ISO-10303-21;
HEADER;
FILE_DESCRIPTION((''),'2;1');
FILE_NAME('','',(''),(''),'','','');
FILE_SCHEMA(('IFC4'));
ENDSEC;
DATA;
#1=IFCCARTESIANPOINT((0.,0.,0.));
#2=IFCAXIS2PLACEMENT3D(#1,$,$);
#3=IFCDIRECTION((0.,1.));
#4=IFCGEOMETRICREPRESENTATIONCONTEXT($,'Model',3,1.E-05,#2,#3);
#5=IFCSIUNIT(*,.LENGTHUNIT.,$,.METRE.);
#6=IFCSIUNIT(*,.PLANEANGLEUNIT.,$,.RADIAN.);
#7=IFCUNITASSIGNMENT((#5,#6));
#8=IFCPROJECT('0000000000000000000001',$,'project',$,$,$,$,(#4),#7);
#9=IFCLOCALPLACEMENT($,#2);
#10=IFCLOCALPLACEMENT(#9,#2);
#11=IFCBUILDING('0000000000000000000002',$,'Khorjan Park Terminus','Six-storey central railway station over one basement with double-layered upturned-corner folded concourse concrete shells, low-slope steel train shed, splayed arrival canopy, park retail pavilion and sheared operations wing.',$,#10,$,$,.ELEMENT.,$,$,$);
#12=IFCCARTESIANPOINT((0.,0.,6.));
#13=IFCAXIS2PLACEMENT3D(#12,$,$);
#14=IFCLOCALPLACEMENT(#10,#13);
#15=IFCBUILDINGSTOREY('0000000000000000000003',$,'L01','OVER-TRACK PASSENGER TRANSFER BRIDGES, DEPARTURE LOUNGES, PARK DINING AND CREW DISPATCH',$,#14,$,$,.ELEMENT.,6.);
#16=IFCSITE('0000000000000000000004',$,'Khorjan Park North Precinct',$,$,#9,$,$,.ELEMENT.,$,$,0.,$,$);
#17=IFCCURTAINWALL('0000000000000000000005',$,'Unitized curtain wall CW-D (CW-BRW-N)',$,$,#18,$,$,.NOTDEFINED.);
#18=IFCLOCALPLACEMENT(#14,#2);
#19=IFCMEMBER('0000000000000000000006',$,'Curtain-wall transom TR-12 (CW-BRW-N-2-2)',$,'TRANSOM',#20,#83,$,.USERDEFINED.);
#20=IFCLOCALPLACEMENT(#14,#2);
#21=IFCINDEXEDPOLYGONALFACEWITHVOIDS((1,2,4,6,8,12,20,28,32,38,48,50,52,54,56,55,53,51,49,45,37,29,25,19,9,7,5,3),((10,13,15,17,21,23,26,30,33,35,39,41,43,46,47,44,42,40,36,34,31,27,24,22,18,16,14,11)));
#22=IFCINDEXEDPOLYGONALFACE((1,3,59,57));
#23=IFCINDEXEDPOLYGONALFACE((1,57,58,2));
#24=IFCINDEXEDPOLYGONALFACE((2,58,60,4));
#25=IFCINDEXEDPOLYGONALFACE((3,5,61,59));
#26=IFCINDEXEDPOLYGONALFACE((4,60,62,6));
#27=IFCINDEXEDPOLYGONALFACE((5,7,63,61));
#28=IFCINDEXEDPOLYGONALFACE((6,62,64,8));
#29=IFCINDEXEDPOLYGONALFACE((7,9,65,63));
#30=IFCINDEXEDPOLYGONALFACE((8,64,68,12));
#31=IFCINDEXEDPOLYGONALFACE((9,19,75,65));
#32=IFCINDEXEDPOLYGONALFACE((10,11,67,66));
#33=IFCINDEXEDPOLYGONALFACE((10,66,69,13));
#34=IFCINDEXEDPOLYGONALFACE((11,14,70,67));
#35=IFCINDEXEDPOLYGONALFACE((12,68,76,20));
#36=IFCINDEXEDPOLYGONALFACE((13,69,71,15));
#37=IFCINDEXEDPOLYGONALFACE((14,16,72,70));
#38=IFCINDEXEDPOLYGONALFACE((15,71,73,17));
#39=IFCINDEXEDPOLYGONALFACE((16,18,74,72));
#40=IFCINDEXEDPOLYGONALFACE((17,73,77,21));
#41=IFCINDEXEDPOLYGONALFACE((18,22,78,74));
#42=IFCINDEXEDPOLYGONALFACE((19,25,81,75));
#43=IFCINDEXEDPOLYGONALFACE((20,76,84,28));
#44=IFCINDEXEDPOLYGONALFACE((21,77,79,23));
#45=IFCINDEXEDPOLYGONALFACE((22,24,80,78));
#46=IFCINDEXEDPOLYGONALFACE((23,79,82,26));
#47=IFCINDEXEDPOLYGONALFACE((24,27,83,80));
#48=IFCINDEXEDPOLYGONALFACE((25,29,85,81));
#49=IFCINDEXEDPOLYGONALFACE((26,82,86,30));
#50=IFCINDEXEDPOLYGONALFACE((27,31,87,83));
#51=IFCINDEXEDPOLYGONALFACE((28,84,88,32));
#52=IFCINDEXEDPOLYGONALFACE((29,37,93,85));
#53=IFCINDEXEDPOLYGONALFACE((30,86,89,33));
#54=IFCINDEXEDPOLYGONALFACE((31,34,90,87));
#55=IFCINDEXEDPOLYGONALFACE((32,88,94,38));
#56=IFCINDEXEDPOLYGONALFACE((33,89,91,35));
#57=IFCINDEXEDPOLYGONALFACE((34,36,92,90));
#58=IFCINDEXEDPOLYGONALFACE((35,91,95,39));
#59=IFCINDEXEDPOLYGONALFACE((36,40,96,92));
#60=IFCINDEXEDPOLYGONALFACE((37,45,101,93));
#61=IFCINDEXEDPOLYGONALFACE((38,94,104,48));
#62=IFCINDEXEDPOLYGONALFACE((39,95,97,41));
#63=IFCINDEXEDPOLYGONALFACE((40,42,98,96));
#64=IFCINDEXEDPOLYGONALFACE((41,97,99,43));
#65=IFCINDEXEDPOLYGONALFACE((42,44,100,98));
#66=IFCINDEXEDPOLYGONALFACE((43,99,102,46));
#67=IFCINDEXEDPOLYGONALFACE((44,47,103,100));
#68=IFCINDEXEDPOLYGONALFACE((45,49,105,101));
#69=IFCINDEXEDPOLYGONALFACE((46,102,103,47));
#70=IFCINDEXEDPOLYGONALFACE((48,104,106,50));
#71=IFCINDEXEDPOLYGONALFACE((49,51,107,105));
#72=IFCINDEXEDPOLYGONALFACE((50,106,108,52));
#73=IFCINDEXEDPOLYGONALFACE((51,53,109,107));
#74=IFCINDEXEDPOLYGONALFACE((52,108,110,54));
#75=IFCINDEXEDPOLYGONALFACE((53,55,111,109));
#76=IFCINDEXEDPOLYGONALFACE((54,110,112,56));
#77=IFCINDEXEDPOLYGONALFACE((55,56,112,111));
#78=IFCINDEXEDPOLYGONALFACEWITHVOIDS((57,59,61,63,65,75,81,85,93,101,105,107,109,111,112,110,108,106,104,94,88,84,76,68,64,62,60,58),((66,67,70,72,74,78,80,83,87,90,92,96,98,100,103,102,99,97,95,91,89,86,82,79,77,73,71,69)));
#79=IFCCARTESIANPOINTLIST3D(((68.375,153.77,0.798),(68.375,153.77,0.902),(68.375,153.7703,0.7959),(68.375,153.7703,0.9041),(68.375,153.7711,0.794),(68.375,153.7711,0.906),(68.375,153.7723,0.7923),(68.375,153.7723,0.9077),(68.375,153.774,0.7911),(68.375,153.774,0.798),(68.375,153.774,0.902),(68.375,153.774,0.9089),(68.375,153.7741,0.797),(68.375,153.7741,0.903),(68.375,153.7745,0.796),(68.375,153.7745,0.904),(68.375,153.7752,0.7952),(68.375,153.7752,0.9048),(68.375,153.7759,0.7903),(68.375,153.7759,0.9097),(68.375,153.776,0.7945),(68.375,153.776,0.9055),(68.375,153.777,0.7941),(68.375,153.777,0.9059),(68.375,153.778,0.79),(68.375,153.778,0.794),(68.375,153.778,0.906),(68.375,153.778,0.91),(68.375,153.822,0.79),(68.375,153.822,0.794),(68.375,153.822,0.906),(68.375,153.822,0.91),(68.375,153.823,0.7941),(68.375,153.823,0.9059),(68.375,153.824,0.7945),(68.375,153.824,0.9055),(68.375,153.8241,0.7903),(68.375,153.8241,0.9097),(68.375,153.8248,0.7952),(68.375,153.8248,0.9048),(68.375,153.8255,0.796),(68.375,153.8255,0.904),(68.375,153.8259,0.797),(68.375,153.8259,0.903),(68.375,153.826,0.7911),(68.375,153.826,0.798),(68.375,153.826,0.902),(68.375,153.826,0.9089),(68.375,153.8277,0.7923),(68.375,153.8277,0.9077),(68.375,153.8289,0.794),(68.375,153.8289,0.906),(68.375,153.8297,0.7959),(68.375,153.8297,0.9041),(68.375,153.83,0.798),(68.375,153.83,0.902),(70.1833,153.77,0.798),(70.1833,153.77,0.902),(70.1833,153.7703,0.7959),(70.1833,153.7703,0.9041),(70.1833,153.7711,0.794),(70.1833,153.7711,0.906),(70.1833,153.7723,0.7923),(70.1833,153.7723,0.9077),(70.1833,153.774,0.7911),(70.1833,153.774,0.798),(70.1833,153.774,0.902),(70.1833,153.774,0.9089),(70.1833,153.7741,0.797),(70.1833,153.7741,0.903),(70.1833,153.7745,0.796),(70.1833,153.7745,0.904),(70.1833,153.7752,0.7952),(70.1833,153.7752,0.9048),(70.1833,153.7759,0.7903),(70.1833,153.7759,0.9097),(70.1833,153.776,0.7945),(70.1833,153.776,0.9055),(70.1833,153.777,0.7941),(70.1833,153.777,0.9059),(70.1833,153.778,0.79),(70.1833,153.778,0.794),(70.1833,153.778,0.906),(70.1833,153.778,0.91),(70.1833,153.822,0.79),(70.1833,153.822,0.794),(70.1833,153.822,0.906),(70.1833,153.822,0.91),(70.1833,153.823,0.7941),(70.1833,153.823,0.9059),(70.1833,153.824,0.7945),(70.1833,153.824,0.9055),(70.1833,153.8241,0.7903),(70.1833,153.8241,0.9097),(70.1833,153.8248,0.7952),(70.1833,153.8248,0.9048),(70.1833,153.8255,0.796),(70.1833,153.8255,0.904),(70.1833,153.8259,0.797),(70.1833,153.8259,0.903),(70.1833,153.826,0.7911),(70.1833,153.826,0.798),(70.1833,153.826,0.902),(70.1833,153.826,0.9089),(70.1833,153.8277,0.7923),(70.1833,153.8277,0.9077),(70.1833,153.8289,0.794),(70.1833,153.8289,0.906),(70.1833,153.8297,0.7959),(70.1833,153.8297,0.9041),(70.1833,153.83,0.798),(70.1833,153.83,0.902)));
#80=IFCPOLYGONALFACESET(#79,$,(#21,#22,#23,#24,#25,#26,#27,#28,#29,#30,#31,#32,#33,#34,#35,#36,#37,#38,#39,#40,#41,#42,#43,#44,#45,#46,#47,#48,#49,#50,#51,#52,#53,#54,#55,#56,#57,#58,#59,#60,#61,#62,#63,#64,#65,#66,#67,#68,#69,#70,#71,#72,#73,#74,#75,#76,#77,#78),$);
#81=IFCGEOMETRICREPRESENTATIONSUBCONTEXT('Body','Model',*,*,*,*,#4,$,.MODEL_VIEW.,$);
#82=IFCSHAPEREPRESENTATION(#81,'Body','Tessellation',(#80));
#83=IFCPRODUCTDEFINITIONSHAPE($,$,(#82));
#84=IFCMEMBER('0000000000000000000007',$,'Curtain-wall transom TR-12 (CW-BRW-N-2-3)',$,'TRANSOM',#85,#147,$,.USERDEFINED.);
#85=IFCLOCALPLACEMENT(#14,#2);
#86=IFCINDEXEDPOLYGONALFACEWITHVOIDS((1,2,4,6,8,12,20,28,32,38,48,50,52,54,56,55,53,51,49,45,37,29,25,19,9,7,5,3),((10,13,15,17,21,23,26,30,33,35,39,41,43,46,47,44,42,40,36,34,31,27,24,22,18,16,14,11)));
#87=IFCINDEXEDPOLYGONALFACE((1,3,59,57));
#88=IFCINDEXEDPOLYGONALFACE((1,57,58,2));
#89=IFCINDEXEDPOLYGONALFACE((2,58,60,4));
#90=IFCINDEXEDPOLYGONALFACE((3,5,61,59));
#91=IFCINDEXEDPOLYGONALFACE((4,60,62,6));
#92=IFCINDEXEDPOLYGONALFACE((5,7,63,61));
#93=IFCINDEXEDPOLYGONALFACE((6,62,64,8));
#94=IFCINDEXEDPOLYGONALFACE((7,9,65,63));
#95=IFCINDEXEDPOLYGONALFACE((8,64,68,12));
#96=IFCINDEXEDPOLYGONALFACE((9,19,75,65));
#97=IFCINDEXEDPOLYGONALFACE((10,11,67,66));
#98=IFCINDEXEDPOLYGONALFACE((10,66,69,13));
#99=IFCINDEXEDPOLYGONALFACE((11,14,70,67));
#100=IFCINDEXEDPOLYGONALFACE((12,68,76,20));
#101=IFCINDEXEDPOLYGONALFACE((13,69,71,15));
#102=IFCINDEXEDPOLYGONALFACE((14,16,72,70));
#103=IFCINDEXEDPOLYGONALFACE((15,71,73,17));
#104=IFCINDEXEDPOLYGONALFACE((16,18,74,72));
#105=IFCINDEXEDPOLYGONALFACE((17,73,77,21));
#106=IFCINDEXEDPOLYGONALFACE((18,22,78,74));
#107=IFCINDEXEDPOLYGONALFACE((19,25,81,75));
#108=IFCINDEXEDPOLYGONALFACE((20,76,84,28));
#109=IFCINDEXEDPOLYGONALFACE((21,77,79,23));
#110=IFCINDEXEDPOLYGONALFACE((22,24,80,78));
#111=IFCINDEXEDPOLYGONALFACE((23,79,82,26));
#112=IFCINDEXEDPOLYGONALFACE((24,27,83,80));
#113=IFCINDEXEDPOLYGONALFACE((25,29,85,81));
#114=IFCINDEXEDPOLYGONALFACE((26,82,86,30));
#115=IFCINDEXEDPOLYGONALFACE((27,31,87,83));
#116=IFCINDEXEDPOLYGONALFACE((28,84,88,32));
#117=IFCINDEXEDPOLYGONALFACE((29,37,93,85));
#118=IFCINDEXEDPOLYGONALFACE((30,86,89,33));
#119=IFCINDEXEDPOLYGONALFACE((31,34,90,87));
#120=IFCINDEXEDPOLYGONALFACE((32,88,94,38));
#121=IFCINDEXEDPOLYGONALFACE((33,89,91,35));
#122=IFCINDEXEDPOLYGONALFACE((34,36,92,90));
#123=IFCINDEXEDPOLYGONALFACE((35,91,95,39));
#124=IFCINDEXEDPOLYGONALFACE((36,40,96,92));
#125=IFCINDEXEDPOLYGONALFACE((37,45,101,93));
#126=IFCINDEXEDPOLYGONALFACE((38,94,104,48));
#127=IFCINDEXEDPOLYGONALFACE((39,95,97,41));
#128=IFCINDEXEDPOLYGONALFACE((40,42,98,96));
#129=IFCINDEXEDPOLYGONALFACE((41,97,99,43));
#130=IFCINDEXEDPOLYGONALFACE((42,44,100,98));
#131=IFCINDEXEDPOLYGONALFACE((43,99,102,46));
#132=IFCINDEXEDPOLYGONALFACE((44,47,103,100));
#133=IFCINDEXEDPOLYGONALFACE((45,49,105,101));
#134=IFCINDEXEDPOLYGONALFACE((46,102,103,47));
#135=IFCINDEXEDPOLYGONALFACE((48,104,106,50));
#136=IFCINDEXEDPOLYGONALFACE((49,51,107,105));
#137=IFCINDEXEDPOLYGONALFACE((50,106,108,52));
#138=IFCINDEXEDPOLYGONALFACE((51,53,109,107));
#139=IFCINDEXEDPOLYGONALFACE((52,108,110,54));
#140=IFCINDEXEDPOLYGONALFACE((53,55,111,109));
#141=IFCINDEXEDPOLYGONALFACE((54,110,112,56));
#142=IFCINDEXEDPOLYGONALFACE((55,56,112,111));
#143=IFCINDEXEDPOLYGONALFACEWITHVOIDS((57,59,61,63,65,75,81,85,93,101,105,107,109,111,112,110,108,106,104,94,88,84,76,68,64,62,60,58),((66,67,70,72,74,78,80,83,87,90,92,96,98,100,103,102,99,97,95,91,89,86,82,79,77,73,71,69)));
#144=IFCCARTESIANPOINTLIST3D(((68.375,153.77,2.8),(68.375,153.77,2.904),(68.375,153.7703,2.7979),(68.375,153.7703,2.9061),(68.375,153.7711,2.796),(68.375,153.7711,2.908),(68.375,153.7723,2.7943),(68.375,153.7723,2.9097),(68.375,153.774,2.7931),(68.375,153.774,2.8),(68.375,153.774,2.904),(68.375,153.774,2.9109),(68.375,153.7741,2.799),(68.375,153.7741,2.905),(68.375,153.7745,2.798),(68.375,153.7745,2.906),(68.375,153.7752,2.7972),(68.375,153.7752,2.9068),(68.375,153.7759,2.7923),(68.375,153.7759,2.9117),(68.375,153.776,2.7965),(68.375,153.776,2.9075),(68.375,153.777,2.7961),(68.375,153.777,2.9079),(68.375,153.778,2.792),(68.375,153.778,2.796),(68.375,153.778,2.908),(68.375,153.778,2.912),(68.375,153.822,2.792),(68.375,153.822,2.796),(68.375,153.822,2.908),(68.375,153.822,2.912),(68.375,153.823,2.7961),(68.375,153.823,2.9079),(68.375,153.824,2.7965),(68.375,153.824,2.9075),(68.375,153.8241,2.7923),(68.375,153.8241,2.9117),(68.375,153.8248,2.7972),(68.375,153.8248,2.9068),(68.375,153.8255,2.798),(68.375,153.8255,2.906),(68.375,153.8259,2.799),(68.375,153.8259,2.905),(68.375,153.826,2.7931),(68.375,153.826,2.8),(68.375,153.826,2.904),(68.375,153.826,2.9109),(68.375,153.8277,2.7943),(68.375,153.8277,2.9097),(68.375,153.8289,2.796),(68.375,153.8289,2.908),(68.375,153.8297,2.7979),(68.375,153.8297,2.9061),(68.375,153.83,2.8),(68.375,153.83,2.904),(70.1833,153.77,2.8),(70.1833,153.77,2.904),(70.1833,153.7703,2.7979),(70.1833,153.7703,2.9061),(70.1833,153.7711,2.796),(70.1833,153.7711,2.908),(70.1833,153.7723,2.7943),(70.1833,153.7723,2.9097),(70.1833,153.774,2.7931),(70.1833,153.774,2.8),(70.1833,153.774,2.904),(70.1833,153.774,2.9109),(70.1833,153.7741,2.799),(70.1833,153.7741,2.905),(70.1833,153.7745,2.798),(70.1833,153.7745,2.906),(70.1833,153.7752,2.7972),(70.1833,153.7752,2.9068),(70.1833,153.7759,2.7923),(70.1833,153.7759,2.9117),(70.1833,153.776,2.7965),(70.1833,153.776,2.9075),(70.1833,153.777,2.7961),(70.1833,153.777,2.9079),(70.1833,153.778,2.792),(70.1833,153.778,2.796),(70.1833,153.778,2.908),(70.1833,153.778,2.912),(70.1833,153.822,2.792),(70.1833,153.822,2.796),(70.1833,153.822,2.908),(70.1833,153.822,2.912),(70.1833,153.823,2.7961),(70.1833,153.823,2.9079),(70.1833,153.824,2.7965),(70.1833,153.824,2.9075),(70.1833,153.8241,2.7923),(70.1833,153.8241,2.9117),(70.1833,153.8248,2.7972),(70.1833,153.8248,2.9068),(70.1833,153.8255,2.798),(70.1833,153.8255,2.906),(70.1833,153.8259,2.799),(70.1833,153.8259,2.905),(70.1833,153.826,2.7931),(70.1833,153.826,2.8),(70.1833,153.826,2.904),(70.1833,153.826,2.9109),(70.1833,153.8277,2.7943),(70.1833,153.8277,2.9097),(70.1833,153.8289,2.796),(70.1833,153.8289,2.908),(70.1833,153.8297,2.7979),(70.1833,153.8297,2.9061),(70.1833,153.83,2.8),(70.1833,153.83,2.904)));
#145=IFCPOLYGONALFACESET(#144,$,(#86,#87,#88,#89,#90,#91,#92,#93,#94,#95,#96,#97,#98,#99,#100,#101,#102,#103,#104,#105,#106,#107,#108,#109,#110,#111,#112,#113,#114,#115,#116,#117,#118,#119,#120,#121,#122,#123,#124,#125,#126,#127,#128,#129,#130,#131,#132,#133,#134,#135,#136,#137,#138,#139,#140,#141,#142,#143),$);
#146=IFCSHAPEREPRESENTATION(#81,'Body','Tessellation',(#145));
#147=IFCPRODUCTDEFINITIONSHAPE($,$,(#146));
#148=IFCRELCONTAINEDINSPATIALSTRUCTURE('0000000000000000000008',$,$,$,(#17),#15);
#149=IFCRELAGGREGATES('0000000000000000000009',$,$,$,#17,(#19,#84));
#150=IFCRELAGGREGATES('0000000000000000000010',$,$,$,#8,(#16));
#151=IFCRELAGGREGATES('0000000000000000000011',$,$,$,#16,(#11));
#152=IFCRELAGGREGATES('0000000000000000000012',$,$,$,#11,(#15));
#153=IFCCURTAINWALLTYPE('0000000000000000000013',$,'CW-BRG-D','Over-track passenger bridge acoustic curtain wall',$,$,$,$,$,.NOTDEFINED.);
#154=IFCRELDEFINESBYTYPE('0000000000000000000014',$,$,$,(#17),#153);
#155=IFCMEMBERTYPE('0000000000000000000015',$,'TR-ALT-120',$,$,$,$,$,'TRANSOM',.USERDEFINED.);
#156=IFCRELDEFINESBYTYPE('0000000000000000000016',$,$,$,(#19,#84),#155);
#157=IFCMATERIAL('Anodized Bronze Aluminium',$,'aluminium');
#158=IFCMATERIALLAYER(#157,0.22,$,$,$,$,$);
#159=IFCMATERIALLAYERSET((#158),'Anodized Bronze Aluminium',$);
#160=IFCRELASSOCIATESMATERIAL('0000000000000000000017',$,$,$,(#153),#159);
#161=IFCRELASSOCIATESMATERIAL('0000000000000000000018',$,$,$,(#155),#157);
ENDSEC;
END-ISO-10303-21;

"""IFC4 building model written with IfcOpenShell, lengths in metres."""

from ifc_helpers import new_model, si_unit, direction, frame, origin, origin_2d, place, context, subcontext, project, spatial, hollow_rectangle, extrude, material, layer, layer_set, material_profile, profile_set, type_object, element, aggregate, save


model = new_model("IFC4")

# Units and contexts
model_context = context("Model", 3, precision=1e-05, world=origin(), true_north=direction((0.0, 1.0)))
body_context = subcontext(model_context, "Body", "Model", "MODEL_VIEW")
ifc_project = project(units=[si_unit("LENGTHUNIT", "METRE"), si_unit("PLANEANGLEUNIT", "RADIAN")], contexts=[model_context])

# Site, building, storey
site_placement = place(None, origin())
site = spatial("IfcSite", under=ifc_project, at=site_placement, Name="Khorjan Park North Precinct", CompositionType="ELEMENT", RefElevation=0.0)
building_placement = place(site_placement, origin())
building = spatial("IfcBuilding", under=site, at=building_placement, Name="Khorjan Park Terminus", Description="Six-storey central railway station over one basement with double-layered upturned-corner folded concourse concrete shells, low-slope steel train shed, splayed arrival canopy, park retail pavilion and sheared operations wing.", CompositionType="ELEMENT")
storey_placement = place(building_placement, frame((0.0, 0.0, 6.0)))
storey = spatial("IfcBuildingStorey", under=building, at=storey_placement, Name="L01", Description="OVER-TRACK PASSENGER TRANSFER BRIDGES, DEPARTURE LOUNGES, PARK DINING AND CREW DISPATCH", CompositionType="ELEMENT", Elevation=6.0)

# Curtain wall, members
ifc_material_1 = material(Name="Anodized Bronze Aluminium", Category="aluminium")
ifc_layer_1 = layer(ifc_material_1, 0.22)
ifc_layer_set_1 = layer_set([ifc_layer_1], Name="Anodized Bronze Aluminium")
curtain_wall_type = type_object("IfcCurtainWallType", Name="CW-BRG-D", Description="Over-track passenger bridge acoustic curtain wall", PredefinedType="NOTDEFINED", material=ifc_layer_set_1)
curtain_wall_placement = place(storey_placement, origin())
curtain_wall = element("IfcCurtainWall", 1, at=curtain_wall_placement, inside=storey, type_object=curtain_wall_type, Name="Unitized curtain wall CW-D (CW-BRW-N)", PredefinedType="NOTDEFINED")
ifc_material_profile_1 = material_profile(ifc_material_1, hollow_rectangle(XDim=0.06, YDim=0.12, WallThickness=0.004, InnerFilletRadius=0.004, OuterFilletRadius=0.008, at=origin_2d()), Name="ALT 60x120x4")
ifc_profile_set_1 = profile_set([ifc_material_profile_1], Name="Anodized Bronze Aluminium")
member_type_1 = type_object("IfcMemberType", Name="TR-ALT-120", ElementType="TRANSOM", PredefinedType="USERDEFINED", material=ifc_profile_set_1)
member_1_placement = place(storey_placement, frame((70.1833, 153.8, 0.85), z_axis=(-1.0, 0.0, 0.0), x_axis=(0.0, -1.0, 0.0)))
member_1 = element("IfcMember", 2, at=member_1_placement, type_object=member_type_1, Name="Curtain-wall transom TR-12 (CW-BRW-N-2-2)", ObjectType="TRANSOM", PredefinedType="USERDEFINED", context=body_context, shape_type="SweptSolid", body=[
    extrude(hollow_rectangle(XDim=0.06, YDim=0.12, WallThickness=0.004, InnerFilletRadius=0.004, OuterFilletRadius=0.008, at=origin_2d()), origin(), (0.0, 0.0, 1.0), 1.8083),
])
member_2_placement = place(storey_placement, frame((70.1833, 153.8, 2.852), z_axis=(-1.0, 0.0, 0.0), x_axis=(0.0, -1.0, 0.0)))
member_2 = element("IfcMember", 3, at=member_2_placement, type_object=member_type_1, Name="Curtain-wall transom TR-12 (CW-BRW-N-2-3)", ObjectType="TRANSOM", PredefinedType="USERDEFINED", context=body_context, shape_type="SweptSolid", body=[
    extrude(hollow_rectangle(XDim=0.06, YDim=0.12, WallThickness=0.004, InnerFilletRadius=0.004, OuterFilletRadius=0.008, at=origin_2d()), origin(), (0.0, 0.0, 1.0), 1.8083),
])
aggregate(curtain_wall, [member_1, member_2])

save(model, "model.ifc")
